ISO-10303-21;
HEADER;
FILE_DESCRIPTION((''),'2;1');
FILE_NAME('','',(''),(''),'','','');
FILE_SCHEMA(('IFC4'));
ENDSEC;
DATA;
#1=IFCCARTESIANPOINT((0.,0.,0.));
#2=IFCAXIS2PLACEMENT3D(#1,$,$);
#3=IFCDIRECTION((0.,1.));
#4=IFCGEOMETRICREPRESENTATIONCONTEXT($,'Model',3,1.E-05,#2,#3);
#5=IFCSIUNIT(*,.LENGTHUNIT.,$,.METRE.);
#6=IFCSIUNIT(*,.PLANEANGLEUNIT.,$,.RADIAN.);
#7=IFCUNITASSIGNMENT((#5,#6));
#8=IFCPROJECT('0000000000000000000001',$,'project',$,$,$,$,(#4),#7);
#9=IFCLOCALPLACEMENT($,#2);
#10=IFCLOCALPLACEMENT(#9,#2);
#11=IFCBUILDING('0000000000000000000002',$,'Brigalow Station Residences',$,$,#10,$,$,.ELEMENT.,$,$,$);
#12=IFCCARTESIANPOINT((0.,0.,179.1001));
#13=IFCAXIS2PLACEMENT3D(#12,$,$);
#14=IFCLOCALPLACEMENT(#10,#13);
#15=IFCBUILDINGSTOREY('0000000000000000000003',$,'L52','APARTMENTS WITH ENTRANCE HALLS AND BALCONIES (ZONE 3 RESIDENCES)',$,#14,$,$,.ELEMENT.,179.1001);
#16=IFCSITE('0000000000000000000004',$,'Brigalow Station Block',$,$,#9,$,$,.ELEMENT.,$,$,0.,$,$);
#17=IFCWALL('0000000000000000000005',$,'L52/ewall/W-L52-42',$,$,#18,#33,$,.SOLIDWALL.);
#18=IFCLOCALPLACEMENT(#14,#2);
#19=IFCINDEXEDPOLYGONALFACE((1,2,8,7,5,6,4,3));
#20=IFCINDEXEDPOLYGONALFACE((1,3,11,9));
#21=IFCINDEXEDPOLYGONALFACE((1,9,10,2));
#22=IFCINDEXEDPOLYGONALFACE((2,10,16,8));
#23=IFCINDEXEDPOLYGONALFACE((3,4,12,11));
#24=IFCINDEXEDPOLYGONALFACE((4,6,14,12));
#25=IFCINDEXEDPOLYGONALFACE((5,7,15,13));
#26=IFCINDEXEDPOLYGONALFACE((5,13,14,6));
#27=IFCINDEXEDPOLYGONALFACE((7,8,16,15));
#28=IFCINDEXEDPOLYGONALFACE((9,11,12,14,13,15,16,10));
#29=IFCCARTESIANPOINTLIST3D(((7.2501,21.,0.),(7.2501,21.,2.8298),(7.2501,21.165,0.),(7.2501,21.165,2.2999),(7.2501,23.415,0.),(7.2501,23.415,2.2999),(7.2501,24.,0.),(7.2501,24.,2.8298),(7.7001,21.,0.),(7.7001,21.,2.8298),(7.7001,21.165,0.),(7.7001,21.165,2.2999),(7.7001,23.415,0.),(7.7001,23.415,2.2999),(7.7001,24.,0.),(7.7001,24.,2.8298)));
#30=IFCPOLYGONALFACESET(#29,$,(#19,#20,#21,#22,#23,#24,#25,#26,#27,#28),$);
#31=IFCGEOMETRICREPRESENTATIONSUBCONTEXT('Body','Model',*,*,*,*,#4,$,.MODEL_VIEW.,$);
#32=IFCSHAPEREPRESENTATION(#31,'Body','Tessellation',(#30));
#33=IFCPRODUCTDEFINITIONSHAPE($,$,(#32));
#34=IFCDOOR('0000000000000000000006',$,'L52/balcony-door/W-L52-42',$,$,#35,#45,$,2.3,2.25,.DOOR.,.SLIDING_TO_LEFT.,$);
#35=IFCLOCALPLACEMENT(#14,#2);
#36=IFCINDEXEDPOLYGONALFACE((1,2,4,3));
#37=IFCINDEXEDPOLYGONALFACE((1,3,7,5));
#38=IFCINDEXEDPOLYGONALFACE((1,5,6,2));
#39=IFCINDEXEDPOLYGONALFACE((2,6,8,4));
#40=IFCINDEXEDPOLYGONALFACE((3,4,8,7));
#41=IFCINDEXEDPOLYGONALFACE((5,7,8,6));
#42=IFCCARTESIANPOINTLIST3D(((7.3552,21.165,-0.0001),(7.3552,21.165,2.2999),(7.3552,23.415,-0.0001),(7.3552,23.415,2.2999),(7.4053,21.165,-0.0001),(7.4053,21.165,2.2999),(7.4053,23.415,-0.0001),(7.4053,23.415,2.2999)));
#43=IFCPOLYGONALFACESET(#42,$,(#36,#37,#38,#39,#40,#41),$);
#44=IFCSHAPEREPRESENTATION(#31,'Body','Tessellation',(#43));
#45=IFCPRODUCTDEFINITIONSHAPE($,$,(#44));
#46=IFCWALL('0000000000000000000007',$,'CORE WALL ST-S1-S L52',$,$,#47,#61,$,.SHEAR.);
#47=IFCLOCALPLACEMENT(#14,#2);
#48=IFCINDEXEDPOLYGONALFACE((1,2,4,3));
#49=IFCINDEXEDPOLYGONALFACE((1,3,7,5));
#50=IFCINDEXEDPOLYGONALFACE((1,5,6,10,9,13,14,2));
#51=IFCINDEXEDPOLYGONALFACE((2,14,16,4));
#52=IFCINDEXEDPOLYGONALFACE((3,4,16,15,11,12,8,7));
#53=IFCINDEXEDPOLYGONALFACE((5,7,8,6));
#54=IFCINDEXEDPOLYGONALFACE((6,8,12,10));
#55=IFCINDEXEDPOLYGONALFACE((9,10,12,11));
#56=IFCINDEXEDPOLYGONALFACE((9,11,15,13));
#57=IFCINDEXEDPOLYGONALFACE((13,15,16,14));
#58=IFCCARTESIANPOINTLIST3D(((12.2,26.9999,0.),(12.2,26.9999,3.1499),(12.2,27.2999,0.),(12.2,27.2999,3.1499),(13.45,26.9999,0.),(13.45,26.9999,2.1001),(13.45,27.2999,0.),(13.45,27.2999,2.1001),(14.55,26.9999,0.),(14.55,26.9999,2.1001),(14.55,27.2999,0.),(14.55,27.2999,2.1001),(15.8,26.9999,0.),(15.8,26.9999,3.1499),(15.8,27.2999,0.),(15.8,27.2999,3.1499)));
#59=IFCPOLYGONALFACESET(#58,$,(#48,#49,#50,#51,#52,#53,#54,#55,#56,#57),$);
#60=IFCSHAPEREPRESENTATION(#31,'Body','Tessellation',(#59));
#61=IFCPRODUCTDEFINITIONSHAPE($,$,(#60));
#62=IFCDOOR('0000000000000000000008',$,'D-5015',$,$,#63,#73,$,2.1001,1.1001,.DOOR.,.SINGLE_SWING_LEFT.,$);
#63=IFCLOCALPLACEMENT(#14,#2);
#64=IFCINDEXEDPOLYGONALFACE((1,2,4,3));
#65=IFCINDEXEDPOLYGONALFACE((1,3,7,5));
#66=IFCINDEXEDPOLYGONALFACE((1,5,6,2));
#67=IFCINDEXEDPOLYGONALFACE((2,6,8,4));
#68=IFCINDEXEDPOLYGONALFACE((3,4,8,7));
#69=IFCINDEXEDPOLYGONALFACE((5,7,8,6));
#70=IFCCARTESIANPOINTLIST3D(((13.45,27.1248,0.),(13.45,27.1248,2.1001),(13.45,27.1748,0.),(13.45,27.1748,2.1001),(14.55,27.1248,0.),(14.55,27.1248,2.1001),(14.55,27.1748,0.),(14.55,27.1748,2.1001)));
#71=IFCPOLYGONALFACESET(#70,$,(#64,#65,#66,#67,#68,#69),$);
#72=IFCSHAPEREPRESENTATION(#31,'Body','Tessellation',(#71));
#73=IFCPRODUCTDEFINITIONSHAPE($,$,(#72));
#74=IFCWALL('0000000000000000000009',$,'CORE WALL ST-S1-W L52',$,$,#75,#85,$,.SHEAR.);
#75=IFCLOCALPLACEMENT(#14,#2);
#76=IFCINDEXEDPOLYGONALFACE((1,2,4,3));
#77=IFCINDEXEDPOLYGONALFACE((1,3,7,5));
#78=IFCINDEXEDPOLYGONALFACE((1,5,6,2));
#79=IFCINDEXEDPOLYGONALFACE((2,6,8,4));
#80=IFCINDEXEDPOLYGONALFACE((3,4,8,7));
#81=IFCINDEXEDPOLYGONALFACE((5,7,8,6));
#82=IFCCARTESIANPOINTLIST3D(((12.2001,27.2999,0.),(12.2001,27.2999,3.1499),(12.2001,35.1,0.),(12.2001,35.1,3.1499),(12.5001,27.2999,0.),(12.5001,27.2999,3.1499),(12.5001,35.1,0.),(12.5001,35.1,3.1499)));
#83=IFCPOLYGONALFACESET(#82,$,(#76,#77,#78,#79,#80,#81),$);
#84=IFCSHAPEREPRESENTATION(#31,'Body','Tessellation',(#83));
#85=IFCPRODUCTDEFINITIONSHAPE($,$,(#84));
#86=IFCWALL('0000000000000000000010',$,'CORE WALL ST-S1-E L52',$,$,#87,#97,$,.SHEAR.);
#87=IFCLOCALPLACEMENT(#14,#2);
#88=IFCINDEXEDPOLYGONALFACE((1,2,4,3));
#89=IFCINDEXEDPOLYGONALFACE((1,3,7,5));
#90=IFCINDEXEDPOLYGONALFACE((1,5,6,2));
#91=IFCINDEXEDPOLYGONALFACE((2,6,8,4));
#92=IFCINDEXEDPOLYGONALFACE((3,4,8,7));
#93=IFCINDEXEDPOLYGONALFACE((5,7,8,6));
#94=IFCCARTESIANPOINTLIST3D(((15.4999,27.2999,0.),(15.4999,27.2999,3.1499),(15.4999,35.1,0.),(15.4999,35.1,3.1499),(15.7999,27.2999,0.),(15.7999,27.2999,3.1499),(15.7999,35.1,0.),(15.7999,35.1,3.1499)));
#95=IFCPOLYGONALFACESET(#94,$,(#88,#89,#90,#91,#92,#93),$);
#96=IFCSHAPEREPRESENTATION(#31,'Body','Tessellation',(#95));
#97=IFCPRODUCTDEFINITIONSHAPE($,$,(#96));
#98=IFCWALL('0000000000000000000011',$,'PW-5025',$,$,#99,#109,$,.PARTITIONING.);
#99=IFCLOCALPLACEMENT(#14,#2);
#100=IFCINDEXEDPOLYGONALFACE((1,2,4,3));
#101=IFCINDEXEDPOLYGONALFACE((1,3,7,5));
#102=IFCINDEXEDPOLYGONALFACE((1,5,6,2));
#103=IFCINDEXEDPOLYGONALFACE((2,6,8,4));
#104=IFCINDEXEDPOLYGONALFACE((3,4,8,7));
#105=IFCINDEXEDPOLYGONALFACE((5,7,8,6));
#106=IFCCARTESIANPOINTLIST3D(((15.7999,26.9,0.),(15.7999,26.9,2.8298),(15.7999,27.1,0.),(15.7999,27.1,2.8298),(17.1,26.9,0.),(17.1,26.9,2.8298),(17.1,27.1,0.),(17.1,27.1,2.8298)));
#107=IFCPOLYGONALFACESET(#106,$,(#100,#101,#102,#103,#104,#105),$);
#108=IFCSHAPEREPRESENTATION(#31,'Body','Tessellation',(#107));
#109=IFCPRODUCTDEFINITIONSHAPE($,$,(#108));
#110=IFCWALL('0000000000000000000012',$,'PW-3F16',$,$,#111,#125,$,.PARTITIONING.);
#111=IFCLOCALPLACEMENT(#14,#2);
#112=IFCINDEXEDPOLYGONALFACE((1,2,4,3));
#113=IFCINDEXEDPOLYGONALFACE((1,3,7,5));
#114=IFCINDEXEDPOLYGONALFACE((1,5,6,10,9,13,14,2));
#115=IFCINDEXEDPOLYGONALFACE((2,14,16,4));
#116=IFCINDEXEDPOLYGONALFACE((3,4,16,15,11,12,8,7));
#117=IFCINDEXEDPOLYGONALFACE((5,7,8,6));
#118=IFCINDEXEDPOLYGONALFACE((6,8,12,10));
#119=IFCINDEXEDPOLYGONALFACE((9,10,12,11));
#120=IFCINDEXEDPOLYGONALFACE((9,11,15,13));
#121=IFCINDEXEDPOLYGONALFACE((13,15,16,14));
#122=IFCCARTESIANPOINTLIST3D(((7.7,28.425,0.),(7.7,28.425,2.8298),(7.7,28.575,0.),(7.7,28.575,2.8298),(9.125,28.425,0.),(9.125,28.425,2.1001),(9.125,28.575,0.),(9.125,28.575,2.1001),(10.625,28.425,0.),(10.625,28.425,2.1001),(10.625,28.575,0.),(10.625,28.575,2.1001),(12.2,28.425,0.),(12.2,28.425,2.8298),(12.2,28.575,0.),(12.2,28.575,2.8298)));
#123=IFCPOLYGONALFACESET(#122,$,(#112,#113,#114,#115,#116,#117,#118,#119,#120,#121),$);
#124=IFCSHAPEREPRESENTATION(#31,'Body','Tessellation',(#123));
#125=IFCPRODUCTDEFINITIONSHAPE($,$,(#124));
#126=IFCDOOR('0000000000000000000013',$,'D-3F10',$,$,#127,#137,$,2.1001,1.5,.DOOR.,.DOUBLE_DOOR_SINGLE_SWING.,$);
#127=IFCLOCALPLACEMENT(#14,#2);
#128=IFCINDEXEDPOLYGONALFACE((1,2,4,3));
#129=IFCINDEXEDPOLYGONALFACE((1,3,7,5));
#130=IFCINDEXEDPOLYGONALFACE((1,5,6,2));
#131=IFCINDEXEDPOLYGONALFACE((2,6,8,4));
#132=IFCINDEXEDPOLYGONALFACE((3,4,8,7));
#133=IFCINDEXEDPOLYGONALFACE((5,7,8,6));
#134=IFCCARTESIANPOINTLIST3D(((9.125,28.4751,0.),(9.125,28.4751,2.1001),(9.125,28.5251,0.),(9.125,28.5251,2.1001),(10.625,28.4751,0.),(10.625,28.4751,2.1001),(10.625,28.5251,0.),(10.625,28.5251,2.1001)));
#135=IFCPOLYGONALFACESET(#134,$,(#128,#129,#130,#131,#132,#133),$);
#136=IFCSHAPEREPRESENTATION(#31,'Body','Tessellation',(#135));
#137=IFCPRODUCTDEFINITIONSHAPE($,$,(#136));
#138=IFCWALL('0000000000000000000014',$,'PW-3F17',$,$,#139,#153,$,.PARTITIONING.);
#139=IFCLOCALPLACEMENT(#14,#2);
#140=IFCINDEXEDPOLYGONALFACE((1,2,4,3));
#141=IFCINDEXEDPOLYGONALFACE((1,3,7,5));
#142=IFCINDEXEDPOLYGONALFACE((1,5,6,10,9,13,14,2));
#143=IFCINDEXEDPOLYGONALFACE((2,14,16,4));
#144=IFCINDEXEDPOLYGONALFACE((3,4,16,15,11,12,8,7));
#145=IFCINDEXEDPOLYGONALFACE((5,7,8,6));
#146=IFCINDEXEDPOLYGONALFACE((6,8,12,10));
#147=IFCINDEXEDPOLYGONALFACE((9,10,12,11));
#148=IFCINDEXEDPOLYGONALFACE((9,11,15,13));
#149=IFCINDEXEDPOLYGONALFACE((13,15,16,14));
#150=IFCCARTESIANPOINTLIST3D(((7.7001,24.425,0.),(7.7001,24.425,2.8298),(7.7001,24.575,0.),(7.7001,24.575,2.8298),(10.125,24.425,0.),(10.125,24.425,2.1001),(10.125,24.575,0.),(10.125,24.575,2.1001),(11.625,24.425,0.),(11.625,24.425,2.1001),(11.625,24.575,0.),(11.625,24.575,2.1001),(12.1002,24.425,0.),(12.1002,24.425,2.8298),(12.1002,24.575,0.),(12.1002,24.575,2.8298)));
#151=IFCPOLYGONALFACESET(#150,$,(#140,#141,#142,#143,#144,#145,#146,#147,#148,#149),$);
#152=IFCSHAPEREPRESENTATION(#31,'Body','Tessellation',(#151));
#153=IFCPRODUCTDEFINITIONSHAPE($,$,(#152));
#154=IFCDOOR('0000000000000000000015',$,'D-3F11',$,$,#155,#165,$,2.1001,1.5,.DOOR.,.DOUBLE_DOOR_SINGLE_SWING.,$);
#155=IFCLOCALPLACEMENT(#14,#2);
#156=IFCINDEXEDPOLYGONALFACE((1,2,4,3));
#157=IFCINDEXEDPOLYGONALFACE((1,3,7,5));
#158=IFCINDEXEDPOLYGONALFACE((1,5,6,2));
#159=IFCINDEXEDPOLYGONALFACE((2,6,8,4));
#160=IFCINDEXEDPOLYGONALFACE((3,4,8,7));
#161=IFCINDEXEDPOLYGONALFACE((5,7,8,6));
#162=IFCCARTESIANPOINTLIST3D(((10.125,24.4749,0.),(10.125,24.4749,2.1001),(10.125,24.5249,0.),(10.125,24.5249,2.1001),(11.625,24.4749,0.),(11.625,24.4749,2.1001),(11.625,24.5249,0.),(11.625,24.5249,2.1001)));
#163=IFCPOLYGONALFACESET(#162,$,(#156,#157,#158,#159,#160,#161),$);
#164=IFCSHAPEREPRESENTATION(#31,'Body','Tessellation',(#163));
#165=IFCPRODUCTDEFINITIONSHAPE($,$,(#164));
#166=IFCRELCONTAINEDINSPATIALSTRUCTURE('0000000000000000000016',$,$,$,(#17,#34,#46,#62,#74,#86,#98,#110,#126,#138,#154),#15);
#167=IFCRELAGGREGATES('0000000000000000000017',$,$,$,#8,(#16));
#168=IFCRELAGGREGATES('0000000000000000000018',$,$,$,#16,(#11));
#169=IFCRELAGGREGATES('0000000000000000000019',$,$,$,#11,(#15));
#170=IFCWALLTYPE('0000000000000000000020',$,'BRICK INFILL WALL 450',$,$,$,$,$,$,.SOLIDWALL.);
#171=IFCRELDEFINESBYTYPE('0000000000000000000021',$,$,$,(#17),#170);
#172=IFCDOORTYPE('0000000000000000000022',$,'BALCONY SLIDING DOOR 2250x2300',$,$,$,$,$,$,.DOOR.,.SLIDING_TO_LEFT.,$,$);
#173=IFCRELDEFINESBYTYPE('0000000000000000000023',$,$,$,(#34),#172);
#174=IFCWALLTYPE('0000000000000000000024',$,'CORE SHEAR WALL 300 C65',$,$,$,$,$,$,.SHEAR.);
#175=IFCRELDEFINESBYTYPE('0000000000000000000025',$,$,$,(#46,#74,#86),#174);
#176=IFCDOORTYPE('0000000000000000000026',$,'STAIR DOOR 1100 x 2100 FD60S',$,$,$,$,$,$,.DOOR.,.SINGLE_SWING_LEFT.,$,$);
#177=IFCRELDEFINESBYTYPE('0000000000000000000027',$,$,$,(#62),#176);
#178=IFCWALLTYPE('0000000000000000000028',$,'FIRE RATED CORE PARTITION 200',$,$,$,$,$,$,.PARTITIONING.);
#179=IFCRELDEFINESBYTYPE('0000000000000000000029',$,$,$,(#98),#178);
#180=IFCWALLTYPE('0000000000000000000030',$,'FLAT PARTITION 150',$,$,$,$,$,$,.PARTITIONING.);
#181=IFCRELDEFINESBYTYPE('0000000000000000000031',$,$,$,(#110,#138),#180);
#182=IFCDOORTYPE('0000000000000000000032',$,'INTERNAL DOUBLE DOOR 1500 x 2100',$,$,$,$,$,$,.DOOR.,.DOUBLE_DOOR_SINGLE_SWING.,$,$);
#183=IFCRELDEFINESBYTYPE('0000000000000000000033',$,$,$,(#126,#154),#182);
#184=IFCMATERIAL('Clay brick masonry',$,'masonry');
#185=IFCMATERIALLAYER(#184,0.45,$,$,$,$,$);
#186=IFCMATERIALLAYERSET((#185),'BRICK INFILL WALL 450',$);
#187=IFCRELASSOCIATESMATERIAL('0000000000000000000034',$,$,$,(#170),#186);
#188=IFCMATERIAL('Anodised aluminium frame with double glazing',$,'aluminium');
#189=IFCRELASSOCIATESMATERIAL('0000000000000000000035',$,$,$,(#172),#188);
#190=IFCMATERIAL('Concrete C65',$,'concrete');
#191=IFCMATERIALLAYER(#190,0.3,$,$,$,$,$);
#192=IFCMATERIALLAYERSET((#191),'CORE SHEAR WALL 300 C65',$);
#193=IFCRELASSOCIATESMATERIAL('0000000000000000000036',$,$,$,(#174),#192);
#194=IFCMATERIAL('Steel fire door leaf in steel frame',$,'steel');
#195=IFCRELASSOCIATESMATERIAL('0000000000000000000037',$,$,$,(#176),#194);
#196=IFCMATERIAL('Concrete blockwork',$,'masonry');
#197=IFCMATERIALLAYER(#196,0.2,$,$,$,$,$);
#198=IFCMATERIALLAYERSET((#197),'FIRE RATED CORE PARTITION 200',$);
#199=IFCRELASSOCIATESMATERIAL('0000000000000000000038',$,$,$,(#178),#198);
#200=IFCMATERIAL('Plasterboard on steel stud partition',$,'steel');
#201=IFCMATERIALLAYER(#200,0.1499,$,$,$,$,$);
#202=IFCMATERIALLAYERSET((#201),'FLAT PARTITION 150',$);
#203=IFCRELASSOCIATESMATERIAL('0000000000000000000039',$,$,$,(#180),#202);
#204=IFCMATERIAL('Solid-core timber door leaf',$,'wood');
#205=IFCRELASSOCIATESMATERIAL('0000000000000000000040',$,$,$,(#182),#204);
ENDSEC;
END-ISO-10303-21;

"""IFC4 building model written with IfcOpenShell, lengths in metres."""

from ifc_helpers import new_model, si_unit, direction, frame, frame_2d, origin, place, context, subcontext, project, spatial, rectangle, extrude, material, layer, layer_set, type_object, element, fill, save


model = new_model("IFC4")

# Units and contexts
model_context = context("Model", 3, precision=1e-05, world=origin(), true_north=direction((0.0, 1.0)))
body_context = subcontext(model_context, "Body", "Model", "MODEL_VIEW")
ifc_project = project(units=[si_unit("LENGTHUNIT", "METRE"), si_unit("PLANEANGLEUNIT", "RADIAN")], contexts=[model_context])

# Site, building, storey
site_placement = place(None, origin())
site = spatial("IfcSite", under=ifc_project, at=site_placement, Name="Brigalow Station Block", CompositionType="ELEMENT", RefElevation=0.0)
building_placement = place(site_placement, origin())
building = spatial("IfcBuilding", under=site, at=building_placement, Name="Brigalow Station Residences", CompositionType="ELEMENT")
storey_placement = place(building_placement, frame((0.0, 0.0, 179.1001)))
storey = spatial("IfcBuildingStorey", under=building, at=storey_placement, Name="L52", Description="APARTMENTS WITH ENTRANCE HALLS AND BALCONIES (ZONE 3 RESIDENCES)", CompositionType="ELEMENT", Elevation=179.1001)

# Shared definitions
ifc_material_1 = material(Name="Clay brick masonry", Category="masonry")
ifc_layer_1 = layer(ifc_material_1, 0.45)
ifc_layer_set_1 = layer_set([ifc_layer_1], Name="BRICK INFILL WALL 450")
wall_type_1 = type_object("IfcWallType", Name="BRICK INFILL WALL 450", PredefinedType="SOLIDWALL", material=ifc_layer_set_1)

# Walls, openings, doors
wall_1_placement = place(storey_placement, frame((7.4751, 24.0, 0.0), z_axis=(0.0, 0.0, 1.0), x_axis=(0.0, -1.0, 0.0)))
wall_1 = element("IfcWall", 1, at=wall_1_placement, inside=storey, type_object=wall_type_1, Name="L52/ewall/W-L52-42", PredefinedType="SOLIDWALL", context=body_context, shape_type="SweptSolid", body=[
    extrude(rectangle(XDim=3.0, YDim=0.45, at=frame_2d((1.5, 0.0))), origin(), (0.0, 0.0, 1.0), 2.8298),
])
opening_1_placement = place(wall_1_placement, frame((0.585, 0.0, 0.0)))
opening_1 = element("IfcOpeningElement", 2, at=opening_1_placement, cuts=wall_1, PredefinedType="OPENING", context=body_context, shape_type="SweptSolid", body=[
    extrude(rectangle(XDim=2.25, YDim=2.3, at=frame_2d((1.125, 1.1499))), frame((0.0, 0.2349, 0.0), z_axis=(0.0, -1.0, 0.0), x_axis=(1.0, 0.0, 0.0)), (0.0, 0.0, 1.0), 0.47),
])
ifc_material_2 = material(Name="Anodised aluminium frame with double glazing", Category="aluminium")
door_type_1 = type_object("IfcDoorType", Name="BALCONY SLIDING DOOR 2250x2300", OperationType="SLIDING_TO_LEFT", PredefinedType="DOOR", material=ifc_material_2)
door_1_placement = place(opening_1_placement, origin())
door_1 = element("IfcDoor", 3, at=door_1_placement, inside=storey, type_object=door_type_1, Name="L52/balcony-door/W-L52-42", OperationType="SLIDING_TO_LEFT", OverallHeight=2.3, OverallWidth=2.25, PredefinedType="DOOR", context=body_context, shape_type="SweptSolid", body=[
    extrude(rectangle(XDim=2.25, YDim=2.3, at=frame_2d((1.125, 1.1499))), frame((0.0, -0.0698, 0.0), z_axis=(0.0, -1.0, 0.0), x_axis=(1.0, 0.0, 0.0)), (0.0, 0.0, 1.0), 0.05),
])
fill(opening_1, door_1)
ifc_material_3 = material(Name="Concrete C65", Category="concrete")
ifc_layer_2 = layer(ifc_material_3, 0.3)
ifc_layer_set_2 = layer_set([ifc_layer_2], Name="CORE SHEAR WALL 300 C65")
wall_type_2 = type_object("IfcWallType", Name="CORE SHEAR WALL 300 C65", PredefinedType="SHEAR", material=ifc_layer_set_2)
wall_2_placement = place(storey_placement, frame((12.2, 27.1499, 0.0), z_axis=(0.0, 0.0, 1.0), x_axis=(1.0, 0.0, 0.0)))
wall_2 = element("IfcWall", 4, at=wall_2_placement, inside=storey, type_object=wall_type_2, Name="CORE WALL ST-S1-S L52", PredefinedType="SHEAR", context=body_context, shape_type="SweptSolid", body=[
    extrude(rectangle(XDim=3.6001, YDim=0.3, at=frame_2d((1.8, 0.0))), origin(), (0.0, 0.0, 1.0), 3.1499),
])
opening_2_placement = place(wall_2_placement, frame((1.25, 0.0, 0.0)))
opening_2 = element("IfcOpeningElement", 5, at=opening_2_placement, cuts=wall_2, PredefinedType="OPENING", context=body_context, shape_type="SweptSolid", body=[
    extrude(rectangle(XDim=1.1001, YDim=2.1001, at=frame_2d((0.55, 1.05))), frame((0.0, 0.1602, 0.0), z_axis=(0.0, -1.0, 0.0), x_axis=(1.0, 0.0, 0.0)), (0.0, 0.0, 1.0), 0.3201),
])
ifc_material_4 = material(Name="Steel fire door leaf in steel frame", Category="steel")
door_type_2 = type_object("IfcDoorType", Name="STAIR DOOR 1100 x 2100 FD60S", OperationType="SINGLE_SWING_LEFT", PredefinedType="DOOR", material=ifc_material_4)
door_2_placement = place(opening_2_placement, origin())
door_2 = element("IfcDoor", 6, at=door_2_placement, inside=storey, type_object=door_type_2, Name="D-5015", OperationType="SINGLE_SWING_LEFT", OverallHeight=2.1001, OverallWidth=1.1001, PredefinedType="DOOR", context=body_context, shape_type="SweptSolid", body=[
    extrude(rectangle(XDim=1.1001, YDim=2.1001, at=frame_2d((0.55, 1.05))), frame((0.0, 0.0249, 0.0), z_axis=(0.0, -1.0, 0.0), x_axis=(1.0, 0.0, 0.0)), (0.0, 0.0, 1.0), 0.05),
])
fill(opening_2, door_2)

# Walls
for number, where, z_axis, x_axis, name in (
    (7, (12.3501, 27.3, 0.0), (0.0, 0.0, 1.0), (0.0, 1.0, 0.0), "CORE WALL ST-S1-W L52"),
    (8, (15.6499, 27.3, 0.0), (0.0, 0.0, 1.0), (0.0, 1.0, 0.0), "CORE WALL ST-S1-E L52"),
):
    element("IfcWall", number, at=place(storey_placement, frame(where, z_axis=z_axis, x_axis=x_axis)), inside=storey, type_object=wall_type_2, Name=name, PredefinedType="SHEAR", context=body_context, shape_type="SweptSolid", body=[
        extrude(rectangle(XDim=7.8, YDim=0.3, at=frame_2d((3.8999, 0.0))), origin(), (0.0, 0.0, 1.0), 3.1499),
    ])
ifc_material_5 = material(Name="Concrete blockwork", Category="masonry")
ifc_layer_3 = layer(ifc_material_5, 0.2)
ifc_layer_set_3 = layer_set([ifc_layer_3], Name="FIRE RATED CORE PARTITION 200")
wall_type_3 = type_object("IfcWallType", Name="FIRE RATED CORE PARTITION 200", PredefinedType="PARTITIONING", material=ifc_layer_set_3)
wall_3_placement = place(storey_placement, frame((15.8, 27.0, 0.0), z_axis=(0.0, 0.0, 1.0), x_axis=(1.0, 0.0, 0.0)))
element("IfcWall", 9, at=wall_3_placement, inside=storey, type_object=wall_type_3, Name="PW-5025", PredefinedType="PARTITIONING", context=body_context, shape_type="SweptSolid", body=[
    extrude(rectangle(XDim=1.3, YDim=0.2, at=frame_2d((0.6499, 0.0))), origin(), (0.0, 0.0, 1.0), 2.8298),
])

# Walls, openings, doors
ifc_material_6 = material(Name="Plasterboard on steel stud partition", Category="steel")
ifc_layer_4 = layer(ifc_material_6, 0.1499)
ifc_layer_set_4 = layer_set([ifc_layer_4], Name="FLAT PARTITION 150")
wall_type_4 = type_object("IfcWallType", Name="FLAT PARTITION 150", PredefinedType="PARTITIONING", material=ifc_layer_set_4)
wall_4_placement = place(storey_placement, frame((7.7, 28.5, 0.0), z_axis=(0.0, 0.0, 1.0), x_axis=(1.0, 0.0, 0.0)))
wall_4 = element("IfcWall", 10, at=wall_4_placement, inside=storey, type_object=wall_type_4, Name="PW-3F16", PredefinedType="PARTITIONING", context=body_context, shape_type="SweptSolid", body=[
    extrude(rectangle(XDim=4.5, YDim=0.1499, at=frame_2d((2.25, 0.0))), origin(), (0.0, 0.0, 1.0), 2.8298),
])
opening_3_placement = place(wall_4_placement, frame((1.425, 0.0, 0.0)))
opening_3 = element("IfcOpeningElement", 11, at=opening_3_placement, cuts=wall_4, PredefinedType="OPENING", context=body_context, shape_type="SweptSolid", body=[
    extrude(rectangle(XDim=1.5, YDim=2.1001, at=frame_2d((0.75, 1.05))), frame((0.0, 0.085, 0.0), z_axis=(0.0, -1.0, 0.0), x_axis=(1.0, 0.0, 0.0)), (0.0, 0.0, 1.0), 0.1699),
])
ifc_material_7 = material(Name="Solid-core timber door leaf", Category="wood")
door_type_3 = type_object("IfcDoorType", Name="INTERNAL DOUBLE DOOR 1500 x 2100", OperationType="DOUBLE_DOOR_SINGLE_SWING", PredefinedType="DOOR", material=ifc_material_7)
door_3_placement = place(opening_3_placement, frame((1.5, 0.0, 0.0), z_axis=(0.0, 0.0, 1.0), x_axis=(-1.0, 0.0, 0.0)))
door_3 = element("IfcDoor", 12, at=door_3_placement, inside=storey, type_object=door_type_3, Name="D-3F10", OperationType="DOUBLE_DOOR_SINGLE_SWING", OverallHeight=2.1001, OverallWidth=1.5, PredefinedType="DOOR", context=body_context, shape_type="SweptSolid", body=[
    extrude(rectangle(XDim=1.5, YDim=2.1001, at=frame_2d((0.75, 1.05))), frame((0.0, 0.0249, 0.0), z_axis=(0.0, -1.0, 0.0), x_axis=(1.0, 0.0, 0.0)), (0.0, 0.0, 1.0), 0.05),
])
fill(opening_3, door_3)
wall_5_placement = place(storey_placement, frame((7.7, 24.5, 0.0), z_axis=(0.0, 0.0, 1.0), x_axis=(1.0, 0.0, 0.0)))
wall_5 = element("IfcWall", 13, at=wall_5_placement, inside=storey, type_object=wall_type_4, Name="PW-3F17", PredefinedType="PARTITIONING", context=body_context, shape_type="SweptSolid", body=[
    extrude(rectangle(XDim=4.4001, YDim=0.1499, at=frame_2d((2.2002, 0.0))), origin(), (0.0, 0.0, 1.0), 2.8298),
])
opening_4_placement = place(wall_5_placement, frame((2.425, 0.0, 0.0)))
opening_4 = element("IfcOpeningElement", 14, at=opening_4_placement, cuts=wall_5, PredefinedType="OPENING", context=body_context, shape_type="SweptSolid", body=[
    extrude(rectangle(XDim=1.5, YDim=2.1001, at=frame_2d((0.75, 1.05))), frame((0.0, 0.085, 0.0), z_axis=(0.0, -1.0, 0.0), x_axis=(1.0, 0.0, 0.0)), (0.0, 0.0, 1.0), 0.1699),
])
door_4_placement = place(opening_4_placement, origin())
door_4 = element("IfcDoor", 15, at=door_4_placement, inside=storey, type_object=door_type_3, Name="D-3F11", OperationType="DOUBLE_DOOR_SINGLE_SWING", OverallHeight=2.1001, OverallWidth=1.5, PredefinedType="DOOR", context=body_context, shape_type="SweptSolid", body=[
    extrude(rectangle(XDim=1.5, YDim=2.1001, at=frame_2d((0.75, 1.05))), frame((0.0, 0.0249, 0.0), z_axis=(0.0, -1.0, 0.0), x_axis=(1.0, 0.0, 0.0)), (0.0, 0.0, 1.0), 0.05),
])
fill(opening_4, door_4)

save(model, "model.ifc")
